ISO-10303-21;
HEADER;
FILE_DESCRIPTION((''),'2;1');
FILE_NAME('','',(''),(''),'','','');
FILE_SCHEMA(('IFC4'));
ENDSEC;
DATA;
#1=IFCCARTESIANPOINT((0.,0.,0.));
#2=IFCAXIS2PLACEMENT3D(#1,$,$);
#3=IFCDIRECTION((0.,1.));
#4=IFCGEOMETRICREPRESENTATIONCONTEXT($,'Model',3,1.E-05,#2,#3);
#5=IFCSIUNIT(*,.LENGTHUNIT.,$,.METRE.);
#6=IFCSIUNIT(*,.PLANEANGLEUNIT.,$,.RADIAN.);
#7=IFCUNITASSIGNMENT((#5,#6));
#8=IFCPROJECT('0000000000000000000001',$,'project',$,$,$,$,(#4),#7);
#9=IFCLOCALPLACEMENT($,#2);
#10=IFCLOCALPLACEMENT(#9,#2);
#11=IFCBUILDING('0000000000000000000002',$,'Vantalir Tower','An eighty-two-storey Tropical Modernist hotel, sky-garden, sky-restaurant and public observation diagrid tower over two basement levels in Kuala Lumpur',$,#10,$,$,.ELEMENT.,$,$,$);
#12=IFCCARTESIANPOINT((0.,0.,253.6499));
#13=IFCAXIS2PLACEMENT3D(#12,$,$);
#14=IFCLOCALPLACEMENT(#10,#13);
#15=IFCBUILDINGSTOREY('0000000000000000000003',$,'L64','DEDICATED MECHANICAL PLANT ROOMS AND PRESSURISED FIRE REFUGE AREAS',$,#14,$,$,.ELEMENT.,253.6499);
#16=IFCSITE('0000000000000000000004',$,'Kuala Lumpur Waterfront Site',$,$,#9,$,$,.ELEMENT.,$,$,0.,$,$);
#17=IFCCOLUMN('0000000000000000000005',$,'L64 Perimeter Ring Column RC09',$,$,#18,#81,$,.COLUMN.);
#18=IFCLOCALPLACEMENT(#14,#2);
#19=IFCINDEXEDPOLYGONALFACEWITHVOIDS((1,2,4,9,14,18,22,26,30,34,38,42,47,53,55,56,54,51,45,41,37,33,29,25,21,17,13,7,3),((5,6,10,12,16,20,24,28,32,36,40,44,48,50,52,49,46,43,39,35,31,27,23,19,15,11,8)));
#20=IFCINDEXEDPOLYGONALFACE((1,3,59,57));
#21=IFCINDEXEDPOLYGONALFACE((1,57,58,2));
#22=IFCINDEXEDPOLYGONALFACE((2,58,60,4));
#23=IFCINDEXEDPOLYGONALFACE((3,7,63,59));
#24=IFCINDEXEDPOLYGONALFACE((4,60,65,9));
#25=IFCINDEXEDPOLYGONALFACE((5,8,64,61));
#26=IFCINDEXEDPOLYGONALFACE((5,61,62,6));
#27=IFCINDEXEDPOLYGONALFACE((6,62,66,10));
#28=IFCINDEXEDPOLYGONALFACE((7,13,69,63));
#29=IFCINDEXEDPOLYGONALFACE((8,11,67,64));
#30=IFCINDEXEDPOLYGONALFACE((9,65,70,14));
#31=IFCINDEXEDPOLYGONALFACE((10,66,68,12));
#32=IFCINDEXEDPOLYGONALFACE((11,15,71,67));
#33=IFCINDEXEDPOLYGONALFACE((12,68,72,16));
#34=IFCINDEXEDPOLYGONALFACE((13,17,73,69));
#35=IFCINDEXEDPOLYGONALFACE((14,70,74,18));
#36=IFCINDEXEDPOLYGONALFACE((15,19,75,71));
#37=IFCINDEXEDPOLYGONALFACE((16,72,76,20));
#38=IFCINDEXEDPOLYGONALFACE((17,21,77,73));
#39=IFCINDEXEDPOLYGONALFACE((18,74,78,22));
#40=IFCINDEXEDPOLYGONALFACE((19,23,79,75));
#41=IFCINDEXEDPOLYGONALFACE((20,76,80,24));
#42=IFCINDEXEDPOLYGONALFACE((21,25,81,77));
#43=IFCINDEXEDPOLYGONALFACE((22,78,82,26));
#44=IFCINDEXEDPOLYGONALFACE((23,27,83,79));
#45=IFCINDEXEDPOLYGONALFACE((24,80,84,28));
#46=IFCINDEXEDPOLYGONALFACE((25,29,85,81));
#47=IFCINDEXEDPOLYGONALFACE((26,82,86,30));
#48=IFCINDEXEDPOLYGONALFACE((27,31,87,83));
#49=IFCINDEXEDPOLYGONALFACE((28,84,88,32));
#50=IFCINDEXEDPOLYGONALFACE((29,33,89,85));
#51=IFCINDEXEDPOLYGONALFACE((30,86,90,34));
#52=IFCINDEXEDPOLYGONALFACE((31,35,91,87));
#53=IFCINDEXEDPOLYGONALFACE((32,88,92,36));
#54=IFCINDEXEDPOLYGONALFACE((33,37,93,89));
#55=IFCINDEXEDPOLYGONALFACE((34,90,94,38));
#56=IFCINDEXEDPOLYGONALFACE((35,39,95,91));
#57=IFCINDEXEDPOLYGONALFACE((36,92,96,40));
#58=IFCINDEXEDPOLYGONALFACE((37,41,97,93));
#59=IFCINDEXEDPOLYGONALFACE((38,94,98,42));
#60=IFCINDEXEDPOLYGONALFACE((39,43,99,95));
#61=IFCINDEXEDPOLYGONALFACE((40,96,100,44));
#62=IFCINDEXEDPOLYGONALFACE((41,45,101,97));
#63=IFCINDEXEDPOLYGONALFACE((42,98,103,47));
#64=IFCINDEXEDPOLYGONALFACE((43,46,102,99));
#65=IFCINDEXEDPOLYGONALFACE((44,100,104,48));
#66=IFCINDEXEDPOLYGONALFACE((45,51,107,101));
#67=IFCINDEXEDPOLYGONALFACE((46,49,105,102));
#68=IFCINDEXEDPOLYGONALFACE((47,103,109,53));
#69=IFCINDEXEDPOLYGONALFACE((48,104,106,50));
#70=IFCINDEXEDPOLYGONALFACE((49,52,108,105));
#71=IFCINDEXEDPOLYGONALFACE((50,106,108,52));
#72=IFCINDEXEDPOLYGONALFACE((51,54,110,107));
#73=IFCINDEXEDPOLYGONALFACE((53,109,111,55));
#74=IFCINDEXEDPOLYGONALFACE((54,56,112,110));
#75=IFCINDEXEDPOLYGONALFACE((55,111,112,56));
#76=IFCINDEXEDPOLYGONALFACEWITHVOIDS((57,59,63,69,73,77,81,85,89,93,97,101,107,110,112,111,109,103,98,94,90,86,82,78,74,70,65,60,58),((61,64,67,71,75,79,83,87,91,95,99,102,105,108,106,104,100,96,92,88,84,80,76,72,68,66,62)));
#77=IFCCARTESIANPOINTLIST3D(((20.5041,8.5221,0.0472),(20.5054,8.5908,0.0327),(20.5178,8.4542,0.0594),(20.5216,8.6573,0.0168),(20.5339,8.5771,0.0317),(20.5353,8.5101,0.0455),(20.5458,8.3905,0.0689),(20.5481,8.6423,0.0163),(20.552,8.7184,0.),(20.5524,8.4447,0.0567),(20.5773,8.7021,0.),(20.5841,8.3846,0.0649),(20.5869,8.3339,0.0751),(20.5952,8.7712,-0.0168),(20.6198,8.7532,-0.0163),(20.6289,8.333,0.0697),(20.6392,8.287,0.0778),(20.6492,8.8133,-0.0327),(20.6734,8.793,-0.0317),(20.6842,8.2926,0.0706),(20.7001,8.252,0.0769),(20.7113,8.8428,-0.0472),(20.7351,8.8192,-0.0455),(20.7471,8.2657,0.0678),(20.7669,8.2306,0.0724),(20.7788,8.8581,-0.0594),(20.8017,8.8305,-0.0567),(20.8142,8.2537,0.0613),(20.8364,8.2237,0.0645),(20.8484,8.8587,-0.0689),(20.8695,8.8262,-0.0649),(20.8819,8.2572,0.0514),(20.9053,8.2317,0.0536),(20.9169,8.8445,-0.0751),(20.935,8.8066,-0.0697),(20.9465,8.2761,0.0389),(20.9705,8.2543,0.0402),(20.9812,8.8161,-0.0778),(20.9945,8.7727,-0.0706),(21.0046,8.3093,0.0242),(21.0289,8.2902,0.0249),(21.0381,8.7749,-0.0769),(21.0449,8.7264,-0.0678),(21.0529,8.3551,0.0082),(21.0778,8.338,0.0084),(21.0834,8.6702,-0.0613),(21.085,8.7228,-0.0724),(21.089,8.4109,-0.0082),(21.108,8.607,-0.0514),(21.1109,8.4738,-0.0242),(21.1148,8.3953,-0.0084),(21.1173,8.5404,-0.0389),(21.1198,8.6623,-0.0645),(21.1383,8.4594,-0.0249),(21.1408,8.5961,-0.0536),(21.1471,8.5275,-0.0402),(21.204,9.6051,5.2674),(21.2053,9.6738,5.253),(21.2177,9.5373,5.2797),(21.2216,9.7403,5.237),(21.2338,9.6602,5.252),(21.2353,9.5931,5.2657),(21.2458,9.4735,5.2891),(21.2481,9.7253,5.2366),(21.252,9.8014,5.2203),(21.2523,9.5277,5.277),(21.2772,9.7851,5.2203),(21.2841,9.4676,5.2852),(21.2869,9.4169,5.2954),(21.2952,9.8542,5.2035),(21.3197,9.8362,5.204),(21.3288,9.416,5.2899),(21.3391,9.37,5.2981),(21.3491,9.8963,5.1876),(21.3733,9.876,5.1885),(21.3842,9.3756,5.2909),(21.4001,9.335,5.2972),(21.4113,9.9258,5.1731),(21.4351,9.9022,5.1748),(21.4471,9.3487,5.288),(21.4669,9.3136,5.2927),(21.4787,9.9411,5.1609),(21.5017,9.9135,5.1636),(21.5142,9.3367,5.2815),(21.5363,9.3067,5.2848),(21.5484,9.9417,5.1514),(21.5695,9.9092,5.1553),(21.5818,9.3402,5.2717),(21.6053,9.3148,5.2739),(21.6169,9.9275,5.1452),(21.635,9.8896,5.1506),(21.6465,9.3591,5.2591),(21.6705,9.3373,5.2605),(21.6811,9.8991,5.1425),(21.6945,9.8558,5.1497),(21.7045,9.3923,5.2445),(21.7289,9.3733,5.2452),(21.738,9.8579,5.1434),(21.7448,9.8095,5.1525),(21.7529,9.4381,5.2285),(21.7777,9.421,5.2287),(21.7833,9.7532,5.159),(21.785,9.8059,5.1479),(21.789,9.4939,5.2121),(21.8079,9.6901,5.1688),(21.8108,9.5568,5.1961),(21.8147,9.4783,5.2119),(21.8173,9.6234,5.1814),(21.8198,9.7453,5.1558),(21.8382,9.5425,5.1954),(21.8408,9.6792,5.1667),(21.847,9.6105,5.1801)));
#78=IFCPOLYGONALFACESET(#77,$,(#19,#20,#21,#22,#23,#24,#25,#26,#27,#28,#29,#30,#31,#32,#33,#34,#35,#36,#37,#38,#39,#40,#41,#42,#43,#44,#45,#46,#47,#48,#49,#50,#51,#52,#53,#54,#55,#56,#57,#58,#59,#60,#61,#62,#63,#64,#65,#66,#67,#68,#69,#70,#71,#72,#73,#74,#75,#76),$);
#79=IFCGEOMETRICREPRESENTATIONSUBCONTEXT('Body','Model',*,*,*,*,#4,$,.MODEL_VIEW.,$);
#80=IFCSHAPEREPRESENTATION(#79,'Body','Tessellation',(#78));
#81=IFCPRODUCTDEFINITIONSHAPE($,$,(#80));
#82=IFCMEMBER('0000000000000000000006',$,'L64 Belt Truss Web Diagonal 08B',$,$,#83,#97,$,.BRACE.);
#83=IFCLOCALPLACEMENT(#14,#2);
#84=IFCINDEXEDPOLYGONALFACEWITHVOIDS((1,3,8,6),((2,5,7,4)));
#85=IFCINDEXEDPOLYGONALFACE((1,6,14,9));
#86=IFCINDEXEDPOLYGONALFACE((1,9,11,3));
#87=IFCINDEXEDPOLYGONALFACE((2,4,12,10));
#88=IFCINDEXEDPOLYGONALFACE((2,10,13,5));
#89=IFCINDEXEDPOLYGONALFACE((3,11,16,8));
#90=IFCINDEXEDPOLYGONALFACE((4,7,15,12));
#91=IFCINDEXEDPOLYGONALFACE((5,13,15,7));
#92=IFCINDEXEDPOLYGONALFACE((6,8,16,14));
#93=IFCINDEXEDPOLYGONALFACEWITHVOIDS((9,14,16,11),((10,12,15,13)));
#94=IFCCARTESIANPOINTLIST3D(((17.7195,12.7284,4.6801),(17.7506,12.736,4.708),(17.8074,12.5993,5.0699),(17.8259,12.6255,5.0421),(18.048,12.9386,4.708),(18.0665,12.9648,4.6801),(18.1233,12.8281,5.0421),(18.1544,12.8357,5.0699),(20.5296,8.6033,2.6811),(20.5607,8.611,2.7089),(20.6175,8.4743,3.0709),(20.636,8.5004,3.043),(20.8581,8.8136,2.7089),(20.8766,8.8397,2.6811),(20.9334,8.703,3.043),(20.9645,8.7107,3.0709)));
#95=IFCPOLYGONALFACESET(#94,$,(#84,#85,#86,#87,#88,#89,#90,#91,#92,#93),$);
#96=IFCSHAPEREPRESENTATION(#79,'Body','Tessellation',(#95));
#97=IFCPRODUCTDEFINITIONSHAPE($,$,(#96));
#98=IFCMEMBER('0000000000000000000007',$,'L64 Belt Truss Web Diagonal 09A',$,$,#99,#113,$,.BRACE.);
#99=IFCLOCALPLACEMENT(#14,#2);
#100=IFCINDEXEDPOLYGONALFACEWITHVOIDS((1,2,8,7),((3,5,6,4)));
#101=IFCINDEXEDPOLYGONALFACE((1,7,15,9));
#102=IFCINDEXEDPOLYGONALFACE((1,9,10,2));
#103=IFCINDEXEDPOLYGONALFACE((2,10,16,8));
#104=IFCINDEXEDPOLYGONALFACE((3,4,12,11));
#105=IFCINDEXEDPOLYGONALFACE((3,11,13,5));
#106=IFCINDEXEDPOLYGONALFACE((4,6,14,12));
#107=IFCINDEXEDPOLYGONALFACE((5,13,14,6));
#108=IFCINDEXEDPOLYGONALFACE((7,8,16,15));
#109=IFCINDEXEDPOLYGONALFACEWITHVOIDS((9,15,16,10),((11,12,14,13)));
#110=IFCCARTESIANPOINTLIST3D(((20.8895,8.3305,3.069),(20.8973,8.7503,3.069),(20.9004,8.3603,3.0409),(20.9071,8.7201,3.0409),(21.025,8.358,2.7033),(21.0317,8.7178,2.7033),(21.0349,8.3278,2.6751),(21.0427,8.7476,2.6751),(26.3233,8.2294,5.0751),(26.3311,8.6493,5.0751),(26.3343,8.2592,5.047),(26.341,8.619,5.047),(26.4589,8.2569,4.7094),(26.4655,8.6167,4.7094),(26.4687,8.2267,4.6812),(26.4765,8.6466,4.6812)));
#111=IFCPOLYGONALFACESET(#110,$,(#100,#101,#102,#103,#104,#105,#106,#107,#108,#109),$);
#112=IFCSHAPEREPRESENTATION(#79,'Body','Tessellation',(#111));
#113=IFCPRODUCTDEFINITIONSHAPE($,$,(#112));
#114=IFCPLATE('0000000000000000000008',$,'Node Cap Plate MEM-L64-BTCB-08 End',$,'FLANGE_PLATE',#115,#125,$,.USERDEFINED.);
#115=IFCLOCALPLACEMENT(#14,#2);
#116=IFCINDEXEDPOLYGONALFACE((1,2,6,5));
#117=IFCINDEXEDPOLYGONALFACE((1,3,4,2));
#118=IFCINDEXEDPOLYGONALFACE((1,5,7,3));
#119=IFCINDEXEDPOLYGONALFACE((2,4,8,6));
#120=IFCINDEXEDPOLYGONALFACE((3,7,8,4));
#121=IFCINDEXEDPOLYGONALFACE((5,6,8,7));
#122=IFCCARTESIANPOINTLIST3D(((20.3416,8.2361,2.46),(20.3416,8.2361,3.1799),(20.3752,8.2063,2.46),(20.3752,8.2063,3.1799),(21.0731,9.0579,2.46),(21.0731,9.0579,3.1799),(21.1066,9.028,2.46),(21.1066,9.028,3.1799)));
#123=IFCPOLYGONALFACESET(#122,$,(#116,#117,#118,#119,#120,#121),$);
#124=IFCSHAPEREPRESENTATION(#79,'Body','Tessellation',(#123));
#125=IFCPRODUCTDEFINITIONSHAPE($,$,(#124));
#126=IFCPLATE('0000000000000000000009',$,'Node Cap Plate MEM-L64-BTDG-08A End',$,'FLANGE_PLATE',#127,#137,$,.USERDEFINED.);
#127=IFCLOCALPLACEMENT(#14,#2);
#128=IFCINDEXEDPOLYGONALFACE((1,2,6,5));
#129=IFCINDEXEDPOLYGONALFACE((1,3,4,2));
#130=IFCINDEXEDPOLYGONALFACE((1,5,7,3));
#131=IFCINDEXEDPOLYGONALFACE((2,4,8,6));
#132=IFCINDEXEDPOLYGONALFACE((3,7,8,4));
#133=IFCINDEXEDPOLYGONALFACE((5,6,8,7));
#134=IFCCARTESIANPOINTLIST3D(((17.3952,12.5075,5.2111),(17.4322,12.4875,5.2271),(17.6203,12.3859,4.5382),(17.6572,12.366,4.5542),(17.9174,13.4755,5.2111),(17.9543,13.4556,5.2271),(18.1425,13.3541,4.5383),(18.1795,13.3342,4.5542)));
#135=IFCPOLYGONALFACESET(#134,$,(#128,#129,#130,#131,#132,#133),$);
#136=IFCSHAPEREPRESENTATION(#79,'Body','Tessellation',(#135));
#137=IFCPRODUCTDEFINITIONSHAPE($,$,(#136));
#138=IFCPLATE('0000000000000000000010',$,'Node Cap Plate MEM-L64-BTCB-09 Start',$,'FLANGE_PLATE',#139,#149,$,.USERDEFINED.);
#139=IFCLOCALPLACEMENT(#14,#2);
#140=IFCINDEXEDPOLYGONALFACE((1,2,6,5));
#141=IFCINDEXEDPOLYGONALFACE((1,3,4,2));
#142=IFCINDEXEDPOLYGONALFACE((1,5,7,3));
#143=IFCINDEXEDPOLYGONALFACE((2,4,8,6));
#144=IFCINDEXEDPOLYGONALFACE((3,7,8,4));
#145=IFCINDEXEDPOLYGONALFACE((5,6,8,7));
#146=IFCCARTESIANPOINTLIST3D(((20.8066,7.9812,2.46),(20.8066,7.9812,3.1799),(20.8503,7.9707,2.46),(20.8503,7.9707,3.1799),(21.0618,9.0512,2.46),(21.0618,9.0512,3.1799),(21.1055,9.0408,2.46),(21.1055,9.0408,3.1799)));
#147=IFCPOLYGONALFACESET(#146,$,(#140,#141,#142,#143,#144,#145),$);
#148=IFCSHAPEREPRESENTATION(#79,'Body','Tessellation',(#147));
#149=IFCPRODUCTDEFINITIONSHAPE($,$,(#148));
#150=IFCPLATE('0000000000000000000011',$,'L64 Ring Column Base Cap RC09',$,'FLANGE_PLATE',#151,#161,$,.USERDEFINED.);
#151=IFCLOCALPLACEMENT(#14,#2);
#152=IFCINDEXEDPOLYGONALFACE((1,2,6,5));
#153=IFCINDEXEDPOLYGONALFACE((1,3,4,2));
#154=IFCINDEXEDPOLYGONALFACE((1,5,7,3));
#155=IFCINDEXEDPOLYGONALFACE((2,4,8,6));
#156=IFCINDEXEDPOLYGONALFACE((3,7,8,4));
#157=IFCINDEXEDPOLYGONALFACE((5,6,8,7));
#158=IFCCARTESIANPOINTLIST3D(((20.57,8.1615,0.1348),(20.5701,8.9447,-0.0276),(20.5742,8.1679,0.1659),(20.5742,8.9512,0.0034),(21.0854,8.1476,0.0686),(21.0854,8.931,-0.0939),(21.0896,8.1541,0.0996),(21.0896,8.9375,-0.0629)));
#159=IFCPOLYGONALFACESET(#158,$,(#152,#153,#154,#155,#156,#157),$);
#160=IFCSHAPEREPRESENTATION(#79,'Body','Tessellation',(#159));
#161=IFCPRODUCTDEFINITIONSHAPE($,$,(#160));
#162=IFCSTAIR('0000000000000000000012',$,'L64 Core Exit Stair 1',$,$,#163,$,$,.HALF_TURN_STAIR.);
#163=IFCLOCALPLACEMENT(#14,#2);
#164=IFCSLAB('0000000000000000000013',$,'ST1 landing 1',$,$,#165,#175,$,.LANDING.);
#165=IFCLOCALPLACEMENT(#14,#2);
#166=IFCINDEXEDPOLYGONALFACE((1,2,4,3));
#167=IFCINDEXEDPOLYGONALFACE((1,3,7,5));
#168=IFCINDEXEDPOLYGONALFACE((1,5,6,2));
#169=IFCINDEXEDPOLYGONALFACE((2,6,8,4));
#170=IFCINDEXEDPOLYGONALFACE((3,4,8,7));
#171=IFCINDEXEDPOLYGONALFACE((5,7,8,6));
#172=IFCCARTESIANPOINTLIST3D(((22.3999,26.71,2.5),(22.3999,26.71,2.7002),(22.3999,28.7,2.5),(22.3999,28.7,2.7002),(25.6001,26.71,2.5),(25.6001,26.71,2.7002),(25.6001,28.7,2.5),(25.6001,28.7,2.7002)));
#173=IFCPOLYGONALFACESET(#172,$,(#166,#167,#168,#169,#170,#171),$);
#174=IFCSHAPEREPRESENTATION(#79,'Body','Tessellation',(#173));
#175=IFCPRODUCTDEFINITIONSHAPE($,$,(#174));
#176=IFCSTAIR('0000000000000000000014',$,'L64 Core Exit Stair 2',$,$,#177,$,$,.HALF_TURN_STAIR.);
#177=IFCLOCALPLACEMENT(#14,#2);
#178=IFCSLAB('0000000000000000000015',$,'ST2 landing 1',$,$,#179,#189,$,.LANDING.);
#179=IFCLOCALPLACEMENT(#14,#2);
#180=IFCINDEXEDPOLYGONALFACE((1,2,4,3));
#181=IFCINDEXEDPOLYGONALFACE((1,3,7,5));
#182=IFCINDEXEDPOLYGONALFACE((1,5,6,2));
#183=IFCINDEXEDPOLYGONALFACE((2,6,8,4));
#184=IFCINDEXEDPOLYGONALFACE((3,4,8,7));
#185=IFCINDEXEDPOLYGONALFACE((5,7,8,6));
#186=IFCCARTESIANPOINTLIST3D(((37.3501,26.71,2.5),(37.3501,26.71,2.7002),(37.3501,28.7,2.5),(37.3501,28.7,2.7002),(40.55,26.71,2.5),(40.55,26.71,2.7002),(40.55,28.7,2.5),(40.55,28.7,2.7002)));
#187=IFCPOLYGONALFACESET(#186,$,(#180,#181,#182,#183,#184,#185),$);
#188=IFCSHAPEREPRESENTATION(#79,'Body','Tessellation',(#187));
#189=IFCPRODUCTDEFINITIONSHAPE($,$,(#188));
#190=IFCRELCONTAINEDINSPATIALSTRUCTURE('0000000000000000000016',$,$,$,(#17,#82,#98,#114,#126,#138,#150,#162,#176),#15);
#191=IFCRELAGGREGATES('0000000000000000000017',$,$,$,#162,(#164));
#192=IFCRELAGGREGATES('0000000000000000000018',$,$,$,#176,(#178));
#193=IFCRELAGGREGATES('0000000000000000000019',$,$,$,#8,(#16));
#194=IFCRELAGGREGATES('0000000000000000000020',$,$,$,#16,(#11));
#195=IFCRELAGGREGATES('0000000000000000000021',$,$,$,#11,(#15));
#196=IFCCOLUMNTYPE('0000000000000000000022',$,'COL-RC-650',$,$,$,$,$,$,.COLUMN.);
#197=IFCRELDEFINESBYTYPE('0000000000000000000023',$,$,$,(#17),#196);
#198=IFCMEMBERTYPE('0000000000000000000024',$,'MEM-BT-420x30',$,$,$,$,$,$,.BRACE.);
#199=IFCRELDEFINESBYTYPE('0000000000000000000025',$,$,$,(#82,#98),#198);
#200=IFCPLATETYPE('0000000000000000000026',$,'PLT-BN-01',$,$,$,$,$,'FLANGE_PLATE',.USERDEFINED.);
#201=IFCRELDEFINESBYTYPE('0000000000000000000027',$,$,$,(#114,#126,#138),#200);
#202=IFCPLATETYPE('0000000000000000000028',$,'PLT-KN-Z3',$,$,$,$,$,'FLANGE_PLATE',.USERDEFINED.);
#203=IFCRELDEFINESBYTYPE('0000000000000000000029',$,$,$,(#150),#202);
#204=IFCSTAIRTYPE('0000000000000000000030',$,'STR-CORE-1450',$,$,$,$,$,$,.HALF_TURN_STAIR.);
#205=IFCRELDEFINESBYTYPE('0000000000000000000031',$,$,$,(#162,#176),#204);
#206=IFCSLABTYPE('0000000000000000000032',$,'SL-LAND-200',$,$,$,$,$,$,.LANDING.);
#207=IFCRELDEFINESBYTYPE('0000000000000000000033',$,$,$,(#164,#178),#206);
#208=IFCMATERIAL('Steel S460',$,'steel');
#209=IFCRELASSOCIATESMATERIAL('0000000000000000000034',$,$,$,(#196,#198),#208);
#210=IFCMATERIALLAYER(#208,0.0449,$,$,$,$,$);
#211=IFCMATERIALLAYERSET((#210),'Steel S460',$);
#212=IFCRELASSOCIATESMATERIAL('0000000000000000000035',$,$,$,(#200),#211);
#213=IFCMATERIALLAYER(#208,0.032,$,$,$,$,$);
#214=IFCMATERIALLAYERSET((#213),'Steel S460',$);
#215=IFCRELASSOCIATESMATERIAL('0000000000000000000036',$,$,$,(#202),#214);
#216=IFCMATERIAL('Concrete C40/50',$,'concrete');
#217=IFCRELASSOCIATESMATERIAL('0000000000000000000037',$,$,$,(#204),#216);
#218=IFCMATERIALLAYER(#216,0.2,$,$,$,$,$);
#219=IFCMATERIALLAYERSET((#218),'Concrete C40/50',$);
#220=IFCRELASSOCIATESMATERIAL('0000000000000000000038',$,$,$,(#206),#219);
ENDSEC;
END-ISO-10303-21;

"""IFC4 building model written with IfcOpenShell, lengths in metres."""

from ifc_helpers import new_model, si_unit, direction, frame, origin, origin_2d, place, context, subcontext, project, spatial, polyline, rectangle, hollow_rectangle, hollow_circle, outline, extrude, material, layer, layer_set, material_profile, profile_set, type_object, element, aggregate, save


model = new_model("IFC4")

# Units and contexts
model_context = context("Model", 3, precision=1e-05, world=origin(), true_north=direction((0.0, 1.0)))
body_context = subcontext(model_context, "Body", "Model", "MODEL_VIEW")
ifc_project = project(units=[si_unit("LENGTHUNIT", "METRE"), si_unit("PLANEANGLEUNIT", "RADIAN")], contexts=[model_context])

# Site, building, storey
site_placement = place(None, origin())
site = spatial("IfcSite", under=ifc_project, at=site_placement, Name="Kuala Lumpur Waterfront Site", CompositionType="ELEMENT", RefElevation=0.0)
building_placement = place(site_placement, origin())
building = spatial("IfcBuilding", under=site, at=building_placement, Name="Vantalir Tower", Description="An eighty-two-storey Tropical Modernist hotel, sky-garden, sky-restaurant and public observation diagrid tower over two basement levels in Kuala Lumpur", CompositionType="ELEMENT")
storey_placement = place(building_placement, frame((0.0, 0.0, 253.6499)))
storey = spatial("IfcBuildingStorey", under=building, at=storey_placement, Name="L64", Description="DEDICATED MECHANICAL PLANT ROOMS AND PRESSURISED FIRE REFUGE AREAS", CompositionType="ELEMENT", Elevation=253.6499)

# Column
ifc_material_1 = material(Name="Steel S460", Category="steel")
ifc_material_profile_1 = material_profile(ifc_material_1, hollow_circle(Radius=0.325, WallThickness=0.03, at=origin_2d()), Name="Steel S460")
ifc_profile_set_1 = profile_set([ifc_material_profile_1], Name="Steel S460")
column_type = type_object("IfcColumnType", Name="COL-RC-650", PredefinedType="COLUMN", material=ifc_profile_set_1)
column_placement = place(storey_placement, frame((20.825, 8.542, 0.0), z_axis=(0.130172, 0.20141, 0.970819), x_axis=(-0.83986, 0.542804, 0.0)))
element("IfcColumn", 1, at=column_placement, inside=storey, type_object=column_type, Name="L64 Perimeter Ring Column RC09", PredefinedType="COLUMN", context=body_context, shape_type="SweptSolid", body=[
    extrude(hollow_circle(Radius=0.325, WallThickness=0.03, at=origin_2d()), origin(), (0.0, 0.0, 1.0), 5.3772),
])

# Members
ifc_material_profile_2 = material_profile(ifc_material_1, hollow_rectangle(XDim=0.4199, YDim=0.4199, WallThickness=0.03, at=origin_2d()), Name="Steel S460")
ifc_profile_set_2 = profile_set([ifc_material_profile_2], Name="Steel S460")
member_type = type_object("IfcMemberType", Name="MEM-BT-420x30", PredefinedType="BRACE", material=ifc_profile_set_2)
member_1_placement = place(storey_placement, frame((20.7471, 8.657, 2.876), z_axis=(-0.522643, 0.767209, 0.371799), x_axis=(-0.826455, -0.563003, 0.0)))
element("IfcMember", 2, at=member_1_placement, inside=storey, type_object=member_type, Name="L64 Belt Truss Web Diagonal 08B", PredefinedType="BRACE", context=body_context, shape_type="SweptSolid", body=[
    extrude(hollow_rectangle(XDim=0.4199, YDim=0.4199, WallThickness=0.03, at=origin_2d()), origin(), (0.0, 0.0, 1.0), 5.3767),
])
member_2_placement = place(storey_placement, frame((20.9661, 8.5391, 2.8721), z_axis=(0.937967, -0.017447, 0.346285), x_axis=(0.018598, 0.999827, 0.0)))
element("IfcMember", 3, at=member_2_placement, inside=storey, type_object=member_type, Name="L64 Belt Truss Web Diagonal 09A", PredefinedType="BRACE", context=body_context, shape_type="SweptSolid", body=[
    extrude(hollow_rectangle(XDim=0.4199, YDim=0.4199, WallThickness=0.03, at=origin_2d()), origin(), (0.0, 0.0, 1.0), 5.7932),
])

# Plates
ifc_layer_1 = layer(ifc_material_1, 0.0449)
ifc_layer_set_1 = layer_set([ifc_layer_1], Name="Steel S460")
plate_type_1 = type_object("IfcPlateType", Name="PLT-BN-01", ElementType="FLANGE_PLATE", PredefinedType="USERDEFINED", material=ifc_layer_set_1)
plate_1_placement = place(storey_placement, frame((20.7241, 8.6321, 2.46), z_axis=(0.0, 0.0, 1.0), x_axis=(0.746963, -0.664865, 0.0)))
element("IfcPlate", 4, at=plate_1_placement, inside=storey, type_object=plate_type_1, Name="Node Cap Plate MEM-L64-BTCB-08 End", ObjectType="FLANGE_PLATE", PredefinedType="USERDEFINED", context=body_context, shape_type="SweptSolid", body=[
    extrude(rectangle(XDim=0.0449, YDim=1.1001, at=origin_2d()), origin(), (0.0, 0.0, 1.0), 0.72),
])
plate_2_placement = place(storey_placement, frame((17.6572, 12.366, 4.5542), z_axis=(0.822689, -0.44376, 0.35533), x_axis=(0.474736, 0.880128, 0.000017)))
element("IfcPlate", 5, at=plate_2_placement, inside=storey, type_object=plate_type_1, Name="Node Cap Plate MEM-L64-BTDG-08A End", ObjectType="FLANGE_PLATE", PredefinedType="USERDEFINED", context=body_context, shape_type="SweptSolid", body=[
    extrude(outline(polyline([(0.0, 0.0), (1.1001, 0.0), (1.1001, 0.7198), (0.0002, 0.7198), (0.0, 0.0)])), origin(), (0.0, 0.0, -1.0), 0.0449),
])
plate_3_placement = place(storey_placement, frame((20.9561, 8.511, 2.46), z_axis=(0.0, 0.0, 1.0), x_axis=(0.972715, -0.232003, 0.0)))
element("IfcPlate", 6, at=plate_3_placement, inside=storey, type_object=plate_type_1, Name="Node Cap Plate MEM-L64-BTCB-09 Start", ObjectType="FLANGE_PLATE", PredefinedType="USERDEFINED", context=body_context, shape_type="SweptSolid", body=[
    extrude(rectangle(XDim=0.0449, YDim=1.1001, at=origin_2d()), origin(), (0.0, 0.0, 1.0), 0.72),
])
ifc_layer_2 = layer(ifc_material_1, 0.032)
ifc_layer_set_2 = layer_set([ifc_layer_2], Name="Steel S460")
plate_type_2 = type_object("IfcPlateType", Name="PLT-KN-Z3", ElementType="FLANGE_PLATE", PredefinedType="USERDEFINED", material=ifc_layer_set_2)
plate_4_placement = place(storey_placement, frame((20.5742, 8.9512, 0.0034), z_axis=(0.130248, 0.201365, 0.970818), x_axis=(-0.000023, -0.979158, 0.203098)))
element("IfcPlate", 7, at=plate_4_placement, inside=storey, type_object=plate_type_2, Name="L64 Ring Column Base Cap RC09", ObjectType="FLANGE_PLATE", PredefinedType="USERDEFINED", context=body_context, shape_type="SweptSolid", body=[
    extrude(outline(polyline([(0.0, 0.0), (0.7999, 0.0), (0.8, 0.5198), (-0.0001, 0.5198), (0.0, 0.0)])), origin(), (0.0, 0.0, -1.0), 0.032),
])

# Stairs, slabs
ifc_material_2 = material(Name="Concrete C40/50", Category="concrete")
stair_type = type_object("IfcStairType", Name="STR-CORE-1450", PredefinedType="HALF_TURN_STAIR", material=ifc_material_2)
stair_1_placement = place(storey_placement, origin())
stair_1 = element("IfcStair", 8, at=stair_1_placement, inside=storey, type_object=stair_type, Name="L64 Core Exit Stair 1", PredefinedType="HALF_TURN_STAIR")
ifc_layer_3 = layer(ifc_material_2, 0.2)
ifc_layer_set_3 = layer_set([ifc_layer_3], Name="Concrete C40/50")
slab_type_1 = type_object("IfcSlabType", Name="SL-LAND-200", PredefinedType="LANDING", material=ifc_layer_set_3)
slab_1_placement = place(storey_placement, frame((0.0, 0.0, 2.5)))
slab_1 = element("IfcSlab", 9, at=slab_1_placement, type_object=slab_type_1, Name="ST1 landing 1", PredefinedType="LANDING", context=body_context, shape_type="SweptSolid", body=[
    extrude(outline(polyline([(25.6001, 26.71), (25.6001, 28.7), (22.3999, 28.7), (22.3999, 26.71), (25.6001, 26.71)])), origin(), (0.0, 0.0, 1.0), 0.2002),
])
aggregate(stair_1, [slab_1])
stair_2_placement = place(storey_placement, origin())
stair_2 = element("IfcStair", 10, at=stair_2_placement, inside=storey, type_object=stair_type, Name="L64 Core Exit Stair 2", PredefinedType="HALF_TURN_STAIR")
slab_2_placement = place(storey_placement, frame((0.0, 0.0, 2.5)))
slab_2 = element("IfcSlab", 11, at=slab_2_placement, type_object=slab_type_1, Name="ST2 landing 1", PredefinedType="LANDING", context=body_context, shape_type="SweptSolid", body=[
    extrude(outline(polyline([(40.55, 26.71), (40.55, 28.7), (37.3501, 28.7), (37.3501, 26.71), (40.55, 26.71)])), origin(), (0.0, 0.0, 1.0), 0.2002),
])
aggregate(stair_2, [slab_2])

save(model, "model.ifc")
